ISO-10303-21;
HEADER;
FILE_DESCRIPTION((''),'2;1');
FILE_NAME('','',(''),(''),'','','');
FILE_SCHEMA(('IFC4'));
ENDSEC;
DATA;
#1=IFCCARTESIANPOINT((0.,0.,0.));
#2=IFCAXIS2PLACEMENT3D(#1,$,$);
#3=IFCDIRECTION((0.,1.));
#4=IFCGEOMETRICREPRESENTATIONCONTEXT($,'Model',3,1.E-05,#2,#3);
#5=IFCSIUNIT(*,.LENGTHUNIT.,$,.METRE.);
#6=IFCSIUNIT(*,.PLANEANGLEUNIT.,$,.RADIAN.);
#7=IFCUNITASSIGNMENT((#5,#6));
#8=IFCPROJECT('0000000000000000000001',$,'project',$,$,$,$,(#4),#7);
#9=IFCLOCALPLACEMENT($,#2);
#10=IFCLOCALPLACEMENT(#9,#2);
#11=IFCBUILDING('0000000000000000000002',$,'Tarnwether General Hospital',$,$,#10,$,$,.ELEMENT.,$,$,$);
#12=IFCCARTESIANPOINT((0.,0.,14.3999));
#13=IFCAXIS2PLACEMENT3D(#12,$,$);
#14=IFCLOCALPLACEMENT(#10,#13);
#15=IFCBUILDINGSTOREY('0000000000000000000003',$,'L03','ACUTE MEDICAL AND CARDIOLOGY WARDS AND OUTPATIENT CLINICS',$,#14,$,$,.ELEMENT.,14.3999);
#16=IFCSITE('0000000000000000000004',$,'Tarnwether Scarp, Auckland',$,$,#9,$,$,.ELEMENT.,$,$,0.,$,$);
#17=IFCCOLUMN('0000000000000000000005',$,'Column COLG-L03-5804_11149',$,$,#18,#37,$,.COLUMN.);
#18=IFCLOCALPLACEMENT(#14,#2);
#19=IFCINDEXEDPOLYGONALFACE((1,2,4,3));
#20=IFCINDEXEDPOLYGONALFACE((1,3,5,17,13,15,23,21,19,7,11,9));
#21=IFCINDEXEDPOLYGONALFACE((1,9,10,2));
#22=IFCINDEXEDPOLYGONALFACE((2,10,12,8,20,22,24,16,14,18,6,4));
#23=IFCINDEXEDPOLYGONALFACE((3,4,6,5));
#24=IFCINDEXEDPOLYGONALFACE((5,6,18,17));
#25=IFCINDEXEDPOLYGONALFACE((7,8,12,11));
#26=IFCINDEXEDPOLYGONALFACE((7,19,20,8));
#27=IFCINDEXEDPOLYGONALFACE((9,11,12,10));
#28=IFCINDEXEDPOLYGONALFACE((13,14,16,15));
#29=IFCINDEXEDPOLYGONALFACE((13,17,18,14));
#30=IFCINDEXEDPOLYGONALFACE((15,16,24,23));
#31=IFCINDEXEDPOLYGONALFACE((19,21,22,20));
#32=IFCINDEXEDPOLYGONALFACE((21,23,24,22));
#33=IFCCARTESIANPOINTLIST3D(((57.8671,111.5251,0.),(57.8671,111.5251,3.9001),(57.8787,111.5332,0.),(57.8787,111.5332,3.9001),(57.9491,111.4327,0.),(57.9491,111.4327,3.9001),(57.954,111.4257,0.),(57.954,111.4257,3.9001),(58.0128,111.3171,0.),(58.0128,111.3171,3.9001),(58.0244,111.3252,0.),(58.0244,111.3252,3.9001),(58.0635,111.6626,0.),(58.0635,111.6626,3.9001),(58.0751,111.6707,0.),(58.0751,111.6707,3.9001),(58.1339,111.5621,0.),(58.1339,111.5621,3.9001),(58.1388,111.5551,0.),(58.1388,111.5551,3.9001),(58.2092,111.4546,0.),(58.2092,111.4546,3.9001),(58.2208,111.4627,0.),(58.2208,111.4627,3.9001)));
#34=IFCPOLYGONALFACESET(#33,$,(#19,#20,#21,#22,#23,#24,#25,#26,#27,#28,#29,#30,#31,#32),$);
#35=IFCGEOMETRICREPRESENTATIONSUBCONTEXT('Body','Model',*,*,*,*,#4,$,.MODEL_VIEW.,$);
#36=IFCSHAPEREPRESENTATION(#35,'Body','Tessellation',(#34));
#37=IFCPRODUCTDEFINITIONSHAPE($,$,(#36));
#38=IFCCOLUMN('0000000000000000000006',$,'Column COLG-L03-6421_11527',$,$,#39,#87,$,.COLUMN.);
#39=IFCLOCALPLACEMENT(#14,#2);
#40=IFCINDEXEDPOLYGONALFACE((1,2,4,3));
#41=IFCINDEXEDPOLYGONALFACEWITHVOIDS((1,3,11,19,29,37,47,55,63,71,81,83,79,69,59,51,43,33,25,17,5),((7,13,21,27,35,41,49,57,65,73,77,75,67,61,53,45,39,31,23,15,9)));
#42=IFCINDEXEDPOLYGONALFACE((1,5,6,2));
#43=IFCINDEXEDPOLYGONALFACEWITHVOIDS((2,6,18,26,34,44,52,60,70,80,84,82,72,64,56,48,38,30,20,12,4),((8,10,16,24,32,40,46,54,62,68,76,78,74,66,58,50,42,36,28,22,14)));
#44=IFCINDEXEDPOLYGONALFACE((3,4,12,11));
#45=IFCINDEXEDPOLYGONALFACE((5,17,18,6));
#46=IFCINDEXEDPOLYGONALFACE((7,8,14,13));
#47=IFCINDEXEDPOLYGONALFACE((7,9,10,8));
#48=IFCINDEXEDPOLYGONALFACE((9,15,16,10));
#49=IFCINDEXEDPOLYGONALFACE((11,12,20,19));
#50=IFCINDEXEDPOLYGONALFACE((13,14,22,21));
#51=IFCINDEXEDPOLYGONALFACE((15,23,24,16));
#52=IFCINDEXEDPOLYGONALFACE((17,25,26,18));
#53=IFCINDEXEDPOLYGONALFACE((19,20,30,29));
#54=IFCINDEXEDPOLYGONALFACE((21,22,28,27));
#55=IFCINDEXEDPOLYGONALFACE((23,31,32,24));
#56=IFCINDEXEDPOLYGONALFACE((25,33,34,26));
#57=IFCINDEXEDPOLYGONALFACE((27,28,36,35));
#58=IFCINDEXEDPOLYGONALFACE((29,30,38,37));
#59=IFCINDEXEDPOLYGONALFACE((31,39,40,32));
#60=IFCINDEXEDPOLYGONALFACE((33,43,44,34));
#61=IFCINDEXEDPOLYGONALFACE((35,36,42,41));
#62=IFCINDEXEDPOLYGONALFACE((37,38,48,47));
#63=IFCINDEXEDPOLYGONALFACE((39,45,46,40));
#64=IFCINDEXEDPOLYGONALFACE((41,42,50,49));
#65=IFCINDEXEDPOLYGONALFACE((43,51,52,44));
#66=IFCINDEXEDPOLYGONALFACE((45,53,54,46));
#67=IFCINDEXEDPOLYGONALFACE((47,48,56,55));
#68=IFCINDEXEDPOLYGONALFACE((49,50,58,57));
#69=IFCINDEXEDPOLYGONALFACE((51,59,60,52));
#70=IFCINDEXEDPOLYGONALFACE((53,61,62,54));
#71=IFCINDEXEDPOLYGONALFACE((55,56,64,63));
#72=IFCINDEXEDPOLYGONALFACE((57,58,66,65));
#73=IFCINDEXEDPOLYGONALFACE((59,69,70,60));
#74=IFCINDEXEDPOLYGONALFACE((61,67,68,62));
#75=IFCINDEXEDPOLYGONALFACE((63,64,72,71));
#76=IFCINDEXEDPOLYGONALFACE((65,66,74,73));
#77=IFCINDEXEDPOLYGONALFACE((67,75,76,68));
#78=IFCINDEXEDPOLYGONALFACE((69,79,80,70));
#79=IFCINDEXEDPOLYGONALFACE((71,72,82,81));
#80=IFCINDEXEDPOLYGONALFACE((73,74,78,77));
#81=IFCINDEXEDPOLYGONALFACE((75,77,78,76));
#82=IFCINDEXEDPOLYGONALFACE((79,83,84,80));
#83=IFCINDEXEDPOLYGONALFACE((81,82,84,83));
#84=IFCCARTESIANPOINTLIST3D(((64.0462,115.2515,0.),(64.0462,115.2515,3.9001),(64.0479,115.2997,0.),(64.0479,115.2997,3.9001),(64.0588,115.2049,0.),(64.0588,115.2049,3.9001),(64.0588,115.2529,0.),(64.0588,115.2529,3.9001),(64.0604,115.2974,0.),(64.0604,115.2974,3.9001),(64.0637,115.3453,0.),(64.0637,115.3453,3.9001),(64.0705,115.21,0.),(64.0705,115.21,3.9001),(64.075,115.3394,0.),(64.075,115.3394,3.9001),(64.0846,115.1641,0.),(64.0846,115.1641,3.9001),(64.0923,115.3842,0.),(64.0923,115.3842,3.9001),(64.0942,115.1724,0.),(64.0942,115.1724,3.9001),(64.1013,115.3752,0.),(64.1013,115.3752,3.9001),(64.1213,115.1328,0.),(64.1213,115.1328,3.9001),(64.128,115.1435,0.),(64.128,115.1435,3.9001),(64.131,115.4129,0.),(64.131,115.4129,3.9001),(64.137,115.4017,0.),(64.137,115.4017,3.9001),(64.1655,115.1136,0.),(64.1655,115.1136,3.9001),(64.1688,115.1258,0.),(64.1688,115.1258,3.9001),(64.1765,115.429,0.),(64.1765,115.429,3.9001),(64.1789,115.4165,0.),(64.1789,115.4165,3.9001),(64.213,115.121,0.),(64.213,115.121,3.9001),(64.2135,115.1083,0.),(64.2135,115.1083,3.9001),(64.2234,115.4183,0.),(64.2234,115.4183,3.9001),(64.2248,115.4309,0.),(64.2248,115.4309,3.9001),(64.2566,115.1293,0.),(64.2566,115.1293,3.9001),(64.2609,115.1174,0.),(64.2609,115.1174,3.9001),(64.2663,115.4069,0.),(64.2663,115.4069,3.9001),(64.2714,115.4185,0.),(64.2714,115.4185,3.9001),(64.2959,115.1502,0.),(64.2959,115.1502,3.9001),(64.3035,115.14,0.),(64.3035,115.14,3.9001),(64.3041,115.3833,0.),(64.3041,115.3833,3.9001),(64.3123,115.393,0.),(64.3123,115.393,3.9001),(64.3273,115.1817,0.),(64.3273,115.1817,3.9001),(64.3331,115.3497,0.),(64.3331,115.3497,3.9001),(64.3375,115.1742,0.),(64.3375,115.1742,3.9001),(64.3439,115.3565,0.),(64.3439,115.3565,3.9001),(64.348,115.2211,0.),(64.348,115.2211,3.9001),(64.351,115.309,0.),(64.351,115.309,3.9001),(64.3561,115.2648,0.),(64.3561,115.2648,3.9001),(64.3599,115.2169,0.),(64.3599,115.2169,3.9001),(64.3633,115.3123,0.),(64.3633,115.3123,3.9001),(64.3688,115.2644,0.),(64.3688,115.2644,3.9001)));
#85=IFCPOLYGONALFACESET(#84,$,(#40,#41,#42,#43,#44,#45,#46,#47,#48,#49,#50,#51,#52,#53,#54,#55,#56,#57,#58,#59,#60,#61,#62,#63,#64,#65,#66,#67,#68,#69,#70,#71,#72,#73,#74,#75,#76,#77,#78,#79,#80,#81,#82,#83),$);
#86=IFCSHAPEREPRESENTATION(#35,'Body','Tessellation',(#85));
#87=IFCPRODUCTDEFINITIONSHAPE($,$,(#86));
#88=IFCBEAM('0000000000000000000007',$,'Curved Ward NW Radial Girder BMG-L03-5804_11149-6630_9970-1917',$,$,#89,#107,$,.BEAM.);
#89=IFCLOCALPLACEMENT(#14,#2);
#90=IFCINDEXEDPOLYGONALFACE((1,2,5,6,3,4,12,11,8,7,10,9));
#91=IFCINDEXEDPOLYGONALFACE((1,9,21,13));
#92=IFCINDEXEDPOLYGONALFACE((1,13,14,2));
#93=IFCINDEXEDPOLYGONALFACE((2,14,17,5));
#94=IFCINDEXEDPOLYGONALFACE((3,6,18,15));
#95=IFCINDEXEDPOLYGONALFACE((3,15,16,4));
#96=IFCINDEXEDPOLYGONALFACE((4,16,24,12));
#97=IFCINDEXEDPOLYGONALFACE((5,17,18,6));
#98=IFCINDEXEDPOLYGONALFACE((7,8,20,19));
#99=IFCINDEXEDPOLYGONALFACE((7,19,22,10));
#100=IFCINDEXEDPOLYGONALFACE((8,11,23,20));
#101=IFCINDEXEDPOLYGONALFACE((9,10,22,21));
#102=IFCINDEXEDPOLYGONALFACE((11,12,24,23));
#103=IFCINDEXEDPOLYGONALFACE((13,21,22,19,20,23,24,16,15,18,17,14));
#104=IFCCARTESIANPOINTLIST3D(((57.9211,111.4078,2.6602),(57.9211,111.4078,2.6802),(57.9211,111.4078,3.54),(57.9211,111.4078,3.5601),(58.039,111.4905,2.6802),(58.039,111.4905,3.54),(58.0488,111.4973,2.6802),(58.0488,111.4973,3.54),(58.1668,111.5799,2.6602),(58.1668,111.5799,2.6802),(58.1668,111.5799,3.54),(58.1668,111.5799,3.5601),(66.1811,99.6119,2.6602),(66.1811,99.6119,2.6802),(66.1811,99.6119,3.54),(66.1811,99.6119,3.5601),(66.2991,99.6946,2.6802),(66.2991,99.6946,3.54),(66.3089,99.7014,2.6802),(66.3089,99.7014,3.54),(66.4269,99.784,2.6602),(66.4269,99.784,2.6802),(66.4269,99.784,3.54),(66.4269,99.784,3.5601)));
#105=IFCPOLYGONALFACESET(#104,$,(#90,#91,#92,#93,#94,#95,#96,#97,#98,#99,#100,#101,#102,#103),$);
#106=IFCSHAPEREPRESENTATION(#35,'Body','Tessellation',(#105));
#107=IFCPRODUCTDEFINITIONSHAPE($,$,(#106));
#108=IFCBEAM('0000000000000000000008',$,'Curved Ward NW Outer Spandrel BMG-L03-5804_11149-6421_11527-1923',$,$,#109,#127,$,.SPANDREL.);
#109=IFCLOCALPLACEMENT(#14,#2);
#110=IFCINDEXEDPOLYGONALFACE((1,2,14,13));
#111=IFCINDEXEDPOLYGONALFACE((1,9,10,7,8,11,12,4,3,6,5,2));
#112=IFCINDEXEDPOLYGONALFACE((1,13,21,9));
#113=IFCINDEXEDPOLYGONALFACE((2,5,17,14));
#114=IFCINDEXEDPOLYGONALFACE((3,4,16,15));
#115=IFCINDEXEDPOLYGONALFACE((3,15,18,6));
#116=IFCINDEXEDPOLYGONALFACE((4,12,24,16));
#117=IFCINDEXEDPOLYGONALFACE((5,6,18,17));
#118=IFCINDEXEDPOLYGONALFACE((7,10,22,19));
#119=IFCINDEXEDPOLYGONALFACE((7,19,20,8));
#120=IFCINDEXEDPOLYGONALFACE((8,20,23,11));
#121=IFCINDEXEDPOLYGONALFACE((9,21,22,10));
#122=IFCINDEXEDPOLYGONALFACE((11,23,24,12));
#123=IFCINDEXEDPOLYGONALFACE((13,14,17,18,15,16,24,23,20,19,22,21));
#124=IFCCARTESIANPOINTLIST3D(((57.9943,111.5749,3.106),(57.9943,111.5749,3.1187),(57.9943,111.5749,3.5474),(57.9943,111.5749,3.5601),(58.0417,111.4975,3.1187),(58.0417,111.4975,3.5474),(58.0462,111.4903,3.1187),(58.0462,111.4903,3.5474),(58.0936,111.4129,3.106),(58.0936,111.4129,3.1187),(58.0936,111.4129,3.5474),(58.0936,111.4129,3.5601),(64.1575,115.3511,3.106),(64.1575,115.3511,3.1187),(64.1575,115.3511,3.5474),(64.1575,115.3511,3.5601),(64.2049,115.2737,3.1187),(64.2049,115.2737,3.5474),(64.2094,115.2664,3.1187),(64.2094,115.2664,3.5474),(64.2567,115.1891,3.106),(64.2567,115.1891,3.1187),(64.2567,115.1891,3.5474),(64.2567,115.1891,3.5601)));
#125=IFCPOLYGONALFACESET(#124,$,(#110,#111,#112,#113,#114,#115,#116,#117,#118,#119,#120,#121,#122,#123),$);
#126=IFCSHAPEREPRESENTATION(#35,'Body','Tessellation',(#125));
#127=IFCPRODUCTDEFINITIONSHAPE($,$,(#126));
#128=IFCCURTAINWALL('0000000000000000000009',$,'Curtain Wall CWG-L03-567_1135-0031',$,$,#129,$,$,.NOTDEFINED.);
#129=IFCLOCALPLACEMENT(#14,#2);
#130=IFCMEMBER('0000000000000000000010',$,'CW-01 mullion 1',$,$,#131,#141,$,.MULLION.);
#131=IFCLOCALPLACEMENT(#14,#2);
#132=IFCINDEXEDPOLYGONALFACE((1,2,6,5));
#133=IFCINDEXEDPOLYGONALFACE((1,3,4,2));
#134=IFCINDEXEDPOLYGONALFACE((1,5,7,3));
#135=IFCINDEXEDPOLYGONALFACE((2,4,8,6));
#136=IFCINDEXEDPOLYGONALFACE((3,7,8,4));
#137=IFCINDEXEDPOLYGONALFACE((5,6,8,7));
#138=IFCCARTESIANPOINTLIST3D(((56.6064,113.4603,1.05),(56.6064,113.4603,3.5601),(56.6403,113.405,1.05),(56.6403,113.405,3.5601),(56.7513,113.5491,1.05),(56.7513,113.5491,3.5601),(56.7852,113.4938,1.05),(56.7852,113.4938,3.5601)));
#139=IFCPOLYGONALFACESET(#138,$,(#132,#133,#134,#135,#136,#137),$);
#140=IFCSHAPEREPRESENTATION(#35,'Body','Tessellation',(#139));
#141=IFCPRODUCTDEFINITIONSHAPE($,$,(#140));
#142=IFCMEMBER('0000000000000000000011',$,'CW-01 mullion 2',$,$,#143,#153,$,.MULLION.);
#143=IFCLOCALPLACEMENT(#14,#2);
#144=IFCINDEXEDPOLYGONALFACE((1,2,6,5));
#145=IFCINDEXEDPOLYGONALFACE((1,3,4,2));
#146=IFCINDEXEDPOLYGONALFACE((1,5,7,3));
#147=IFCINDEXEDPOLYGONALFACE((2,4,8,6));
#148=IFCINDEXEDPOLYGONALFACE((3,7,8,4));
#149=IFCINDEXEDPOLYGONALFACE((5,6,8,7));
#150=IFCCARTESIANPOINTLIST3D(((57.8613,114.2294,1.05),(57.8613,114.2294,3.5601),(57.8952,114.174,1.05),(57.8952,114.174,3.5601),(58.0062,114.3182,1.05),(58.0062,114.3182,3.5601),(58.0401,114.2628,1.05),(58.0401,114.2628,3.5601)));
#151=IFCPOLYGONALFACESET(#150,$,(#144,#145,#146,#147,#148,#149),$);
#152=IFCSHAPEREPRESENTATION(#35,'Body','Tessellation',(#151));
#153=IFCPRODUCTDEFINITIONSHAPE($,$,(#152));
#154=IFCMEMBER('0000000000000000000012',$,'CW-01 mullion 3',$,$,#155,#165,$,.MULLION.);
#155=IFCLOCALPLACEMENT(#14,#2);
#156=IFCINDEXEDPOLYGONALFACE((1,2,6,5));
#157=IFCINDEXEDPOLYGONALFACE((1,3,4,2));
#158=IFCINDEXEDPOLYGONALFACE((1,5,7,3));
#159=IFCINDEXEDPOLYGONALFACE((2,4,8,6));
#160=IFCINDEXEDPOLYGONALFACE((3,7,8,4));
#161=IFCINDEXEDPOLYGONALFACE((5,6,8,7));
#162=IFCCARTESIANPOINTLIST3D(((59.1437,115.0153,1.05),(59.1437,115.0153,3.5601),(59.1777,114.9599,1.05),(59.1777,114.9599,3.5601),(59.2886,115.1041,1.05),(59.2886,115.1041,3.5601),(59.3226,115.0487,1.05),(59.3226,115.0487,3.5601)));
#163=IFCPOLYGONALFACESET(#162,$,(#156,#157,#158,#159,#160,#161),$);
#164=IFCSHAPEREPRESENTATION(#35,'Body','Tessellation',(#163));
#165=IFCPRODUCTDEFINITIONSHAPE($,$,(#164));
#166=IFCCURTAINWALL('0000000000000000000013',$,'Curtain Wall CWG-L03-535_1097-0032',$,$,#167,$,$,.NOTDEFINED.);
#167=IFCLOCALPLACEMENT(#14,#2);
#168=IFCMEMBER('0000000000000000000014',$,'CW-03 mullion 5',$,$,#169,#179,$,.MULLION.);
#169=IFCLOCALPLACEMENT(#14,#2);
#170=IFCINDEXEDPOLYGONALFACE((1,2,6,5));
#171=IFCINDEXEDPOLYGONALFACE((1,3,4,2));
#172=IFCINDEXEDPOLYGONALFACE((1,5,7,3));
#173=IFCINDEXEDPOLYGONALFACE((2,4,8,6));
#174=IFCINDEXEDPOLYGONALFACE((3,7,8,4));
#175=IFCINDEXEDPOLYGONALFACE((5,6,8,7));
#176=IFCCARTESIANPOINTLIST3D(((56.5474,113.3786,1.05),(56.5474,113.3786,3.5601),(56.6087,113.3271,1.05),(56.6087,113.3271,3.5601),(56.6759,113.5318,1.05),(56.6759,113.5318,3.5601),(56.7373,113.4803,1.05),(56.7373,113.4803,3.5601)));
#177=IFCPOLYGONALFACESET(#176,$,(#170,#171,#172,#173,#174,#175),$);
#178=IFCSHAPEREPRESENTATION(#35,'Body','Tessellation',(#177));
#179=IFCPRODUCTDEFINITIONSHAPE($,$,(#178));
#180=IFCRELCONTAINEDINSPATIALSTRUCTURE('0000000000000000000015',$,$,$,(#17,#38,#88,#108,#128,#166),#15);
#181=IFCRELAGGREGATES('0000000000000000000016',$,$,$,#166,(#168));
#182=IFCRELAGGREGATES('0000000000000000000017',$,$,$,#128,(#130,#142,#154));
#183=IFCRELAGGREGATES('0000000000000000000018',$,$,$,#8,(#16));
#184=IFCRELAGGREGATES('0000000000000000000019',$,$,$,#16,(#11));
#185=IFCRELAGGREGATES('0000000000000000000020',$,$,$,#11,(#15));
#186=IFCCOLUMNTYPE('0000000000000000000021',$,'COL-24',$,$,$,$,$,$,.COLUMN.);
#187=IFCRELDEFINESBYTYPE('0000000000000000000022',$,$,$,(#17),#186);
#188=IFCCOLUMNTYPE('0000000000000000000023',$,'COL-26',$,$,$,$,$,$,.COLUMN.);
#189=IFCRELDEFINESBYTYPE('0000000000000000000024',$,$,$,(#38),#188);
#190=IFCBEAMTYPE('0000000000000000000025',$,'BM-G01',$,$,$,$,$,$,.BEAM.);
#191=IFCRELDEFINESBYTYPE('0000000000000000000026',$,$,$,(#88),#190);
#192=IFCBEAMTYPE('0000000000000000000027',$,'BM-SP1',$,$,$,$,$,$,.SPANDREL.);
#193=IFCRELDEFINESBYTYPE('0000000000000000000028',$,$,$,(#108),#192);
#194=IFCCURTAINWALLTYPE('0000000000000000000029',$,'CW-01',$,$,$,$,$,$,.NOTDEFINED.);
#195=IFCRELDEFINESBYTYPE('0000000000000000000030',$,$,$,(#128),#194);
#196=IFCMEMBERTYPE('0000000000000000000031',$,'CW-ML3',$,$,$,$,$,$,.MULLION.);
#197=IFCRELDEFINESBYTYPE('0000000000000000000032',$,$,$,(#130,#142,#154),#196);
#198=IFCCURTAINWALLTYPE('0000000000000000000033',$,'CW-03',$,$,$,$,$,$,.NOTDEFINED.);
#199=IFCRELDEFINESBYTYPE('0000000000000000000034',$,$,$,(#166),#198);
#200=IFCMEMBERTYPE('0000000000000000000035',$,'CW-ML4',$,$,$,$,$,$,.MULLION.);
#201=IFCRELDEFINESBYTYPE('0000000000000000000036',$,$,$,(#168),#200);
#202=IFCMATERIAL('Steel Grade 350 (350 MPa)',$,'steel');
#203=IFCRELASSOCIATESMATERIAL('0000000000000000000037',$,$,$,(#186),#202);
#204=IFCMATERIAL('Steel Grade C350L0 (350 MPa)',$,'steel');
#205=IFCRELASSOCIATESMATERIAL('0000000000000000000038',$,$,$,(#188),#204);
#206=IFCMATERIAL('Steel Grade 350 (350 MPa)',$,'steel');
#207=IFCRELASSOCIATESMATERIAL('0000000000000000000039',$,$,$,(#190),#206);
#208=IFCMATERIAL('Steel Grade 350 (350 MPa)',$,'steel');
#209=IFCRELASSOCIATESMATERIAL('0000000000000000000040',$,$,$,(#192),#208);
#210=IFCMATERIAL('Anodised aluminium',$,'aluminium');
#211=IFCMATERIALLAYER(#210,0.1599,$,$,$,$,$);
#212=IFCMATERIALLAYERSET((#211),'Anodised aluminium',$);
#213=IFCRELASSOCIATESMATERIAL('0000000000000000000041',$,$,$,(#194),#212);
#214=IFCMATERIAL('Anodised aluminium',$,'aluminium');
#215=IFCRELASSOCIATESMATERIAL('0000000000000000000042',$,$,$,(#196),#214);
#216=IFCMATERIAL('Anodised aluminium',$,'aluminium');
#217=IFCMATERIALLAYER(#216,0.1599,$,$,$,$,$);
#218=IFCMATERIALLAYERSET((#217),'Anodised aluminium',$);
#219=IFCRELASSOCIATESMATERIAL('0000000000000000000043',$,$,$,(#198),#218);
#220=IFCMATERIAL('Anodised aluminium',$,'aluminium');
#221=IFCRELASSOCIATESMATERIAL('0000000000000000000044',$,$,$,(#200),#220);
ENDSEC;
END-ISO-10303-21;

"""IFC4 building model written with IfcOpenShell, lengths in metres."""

from ifc_helpers import new_model, si_unit, direction, frame, origin, origin_2d, place, context, subcontext, project, spatial, rectangle, hollow_circle, i_section, extrude, material, layer, layer_set, material_profile, profile_set, type_object, element, aggregate, save


model = new_model("IFC4")

# Units and contexts
model_context = context("Model", 3, precision=1e-05, world=origin(), true_north=direction((0.0, 1.0)))
body_context = subcontext(model_context, "Body", "Model", "MODEL_VIEW")
ifc_project = project(units=[si_unit("LENGTHUNIT", "METRE"), si_unit("PLANEANGLEUNIT", "RADIAN")], contexts=[model_context])

# Site, building, storey
site_placement = place(None, origin())
site = spatial("IfcSite", under=ifc_project, at=site_placement, Name="Tarnwether Scarp, Auckland", CompositionType="ELEMENT", RefElevation=0.0)
building_placement = place(site_placement, origin())
building = spatial("IfcBuilding", under=site, at=building_placement, Name="Tarnwether General Hospital", CompositionType="ELEMENT")
storey_placement = place(building_placement, frame((0.0, 0.0, 14.3999)))
storey = spatial("IfcBuildingStorey", under=building, at=storey_placement, Name="L03", Description="ACUTE MEDICAL AND CARDIOLOGY WARDS AND OUTPATIENT CLINICS", CompositionType="ELEMENT", Elevation=14.3999)

# Columns
ifc_material_1 = material(Name="Steel Grade 350 (350 MPa)", Category="steel")
ifc_material_profile_1 = material_profile(ifc_material_1, i_section(OverallWidth=0.2539, OverallDepth=0.2539, WebThickness=0.0085, FlangeThickness=0.0142, at=origin_2d()), Name="250UC72.9")
ifc_profile_set_1 = profile_set([ifc_material_profile_1], Name="Steel Grade 350 (350 MPa)")
column_type_1 = type_object("IfcColumnType", Name="COL-24", PredefinedType="COLUMN", material=ifc_profile_set_1)
column_1_placement = place(storey_placement, frame((58.0439, 111.4939, 0.0), z_axis=(0.0, 0.0, 1.0), x_axis=(-0.573576, 0.819152, 0.0)))
element("IfcColumn", 1, at=column_1_placement, inside=storey, type_object=column_type_1, Name="Column COLG-L03-5804_11149", PredefinedType="COLUMN", context=body_context, shape_type="SweptSolid", body=[
    extrude(i_section(OverallWidth=0.2539, OverallDepth=0.2539, WebThickness=0.0085, FlangeThickness=0.0142, at=origin_2d()), origin(), (0.0, 0.0, 1.0), 3.9001),
])
ifc_material_2 = material(Name="Steel Grade C350L0 (350 MPa)", Category="steel")
ifc_material_profile_2 = material_profile(ifc_material_2, hollow_circle(Radius=0.1619, WallThickness=0.0127, at=origin_2d()), Name="CHS323.9x12.7")
ifc_profile_set_2 = profile_set([ifc_material_profile_2], Name="Steel Grade C350L0 (350 MPa)")
column_type_2 = type_object("IfcColumnType", Name="COL-26", PredefinedType="COLUMN", material=ifc_profile_set_2)
column_2_placement = place(storey_placement, frame((64.207, 115.27, 0.0), z_axis=(0.0, 0.0, 1.0), x_axis=(-0.469472, 0.882948, 0.0)))
element("IfcColumn", 2, at=column_2_placement, inside=storey, type_object=column_type_2, Name="Column COLG-L03-6421_11527", PredefinedType="COLUMN", context=body_context, shape_type="SweptSolid", body=[
    extrude(hollow_circle(Radius=0.1619, WallThickness=0.0127, at=origin_2d()), origin(), (0.0, 0.0, 1.0), 3.9001),
])

# Beams
ifc_material_3 = material(Name="Steel Grade 350 (350 MPa)", Category="steel")
ifc_material_profile_3 = material_profile(ifc_material_3, i_section(OverallWidth=0.3, OverallDepth=0.8999, WebThickness=0.012, FlangeThickness=0.02, at=origin_2d()), Name="900WB175")
ifc_profile_set_3 = profile_set([ifc_material_profile_3], Name="Steel Grade 350 (350 MPa)")
beam_type_1 = type_object("IfcBeamType", Name="BM-G01", PredefinedType="BEAM", material=ifc_profile_set_3)
beam_1_placement = place(storey_placement, frame((58.0439, 111.4939, 3.1101), z_axis=(0.573597, -0.819138, 0.0), x_axis=(0.819138, 0.573597, 0.0)))
element("IfcBeam", 3, at=beam_1_placement, inside=storey, type_object=beam_type_1, Name="Curved Ward NW Radial Girder BMG-L03-5804_11149-6630_9970-1917", PredefinedType="BEAM", context=body_context, shape_type="SweptSolid", body=[
    extrude(i_section(OverallWidth=0.3, OverallDepth=0.8999, WebThickness=0.012, FlangeThickness=0.02, at=origin_2d()), origin(), (0.0, 0.0, 1.0), 14.4004),
])
ifc_material_4 = material(Name="Steel Grade 350 (350 MPa)", Category="steel")
ifc_material_profile_4 = material_profile(ifc_material_4, i_section(OverallWidth=0.1899, OverallDepth=0.4541, WebThickness=0.0085, FlangeThickness=0.0127, at=origin_2d()), Name="460UB67.1")
ifc_profile_set_4 = profile_set([ifc_material_profile_4], Name="Steel Grade 350 (350 MPa)")
beam_type_2 = type_object("IfcBeamType", Name="BM-SP1", PredefinedType="SPANDREL", material=ifc_profile_set_4)
beam_2_placement = place(storey_placement, frame((58.0439, 111.4939, 3.333), z_axis=(0.852678, 0.522436, 0.0), x_axis=(-0.522436, 0.852678, 0.0)))
element("IfcBeam", 4, at=beam_2_placement, inside=storey, type_object=beam_type_2, Name="Curved Ward NW Outer Spandrel BMG-L03-5804_11149-6421_11527-1923", PredefinedType="SPANDREL", context=body_context, shape_type="SweptSolid", body=[
    extrude(i_section(OverallWidth=0.1899, OverallDepth=0.4541, WebThickness=0.0085, FlangeThickness=0.0127, at=origin_2d()), origin(), (0.0, 0.0, 1.0), 7.228),
])

# Curtain wall, members
ifc_material_5 = material(Name="Anodised aluminium", Category="aluminium")
ifc_layer_1 = layer(ifc_material_5, 0.1599)
ifc_layer_set_1 = layer_set([ifc_layer_1], Name="Anodised aluminium")
curtain_wall_type_1 = type_object("IfcCurtainWallType", Name="CW-01", PredefinedType="NOTDEFINED", material=ifc_layer_set_1)
curtain_wall_1_placement = place(storey_placement, origin())
curtain_wall_1 = element("IfcCurtainWall", 5, at=curtain_wall_1_placement, inside=storey, type_object=curtain_wall_type_1, Name="Curtain Wall CWG-L03-567_1135-0031", PredefinedType="NOTDEFINED")
ifc_material_6 = material(Name="Anodised aluminium", Category="aluminium")
ifc_material_profile_5 = material_profile(ifc_material_6, rectangle(XDim=0.0649, YDim=0.1699, at=origin_2d()), Name="ALU-MUL-65x170")
ifc_profile_set_5 = profile_set([ifc_material_profile_5], Name="Anodised aluminium")
member_type_1 = type_object("IfcMemberType", Name="CW-ML3", PredefinedType="MULLION", material=ifc_profile_set_5)
member_1_placement = place(storey_placement, frame((56.6958, 113.4771, 1.05), z_axis=(0.0, 0.0, 1.0), x_axis=(-0.522509, 0.852634, 0.0)))
member_1 = element("IfcMember", 6, at=member_1_placement, type_object=member_type_1, Name="CW-01 mullion 1", PredefinedType="MULLION", context=body_context, shape_type="SweptSolid", body=[
    extrude(rectangle(XDim=0.0649, YDim=0.1699, at=origin_2d()), origin(), (0.0, 0.0, 1.0), 2.51),
])
member_2_placement = place(storey_placement, frame((57.9507, 114.2461, 1.05), z_axis=(0.0, 0.0, 1.0), x_axis=(-0.522509, 0.852634, 0.0)))
member_2 = element("IfcMember", 7, at=member_2_placement, type_object=member_type_1, Name="CW-01 mullion 2", PredefinedType="MULLION", context=body_context, shape_type="SweptSolid", body=[
    extrude(rectangle(XDim=0.0649, YDim=0.1699, at=origin_2d()), origin(), (0.0, 0.0, 1.0), 2.51),
])
member_3_placement = place(storey_placement, frame((59.2332, 115.032, 1.05), z_axis=(0.0, 0.0, 1.0), x_axis=(-0.522509, 0.852634, 0.0)))
member_3 = element("IfcMember", 8, at=member_3_placement, type_object=member_type_1, Name="CW-01 mullion 3", PredefinedType="MULLION", context=body_context, shape_type="SweptSolid", body=[
    extrude(rectangle(XDim=0.0649, YDim=0.1699, at=origin_2d()), origin(), (0.0, 0.0, 1.0), 2.51),
])

# Curtain wall, member
ifc_material_7 = material(Name="Anodised aluminium", Category="aluminium")
ifc_layer_2 = layer(ifc_material_7, 0.1599)
ifc_layer_set_2 = layer_set([ifc_layer_2], Name="Anodised aluminium")
curtain_wall_type_2 = type_object("IfcCurtainWallType", Name="CW-03", PredefinedType="NOTDEFINED", material=ifc_layer_set_2)
curtain_wall_2_placement = place(storey_placement, origin())
curtain_wall_2 = element("IfcCurtainWall", 9, at=curtain_wall_2_placement, inside=storey, type_object=curtain_wall_type_2, Name="Curtain Wall CWG-L03-535_1097-0032", PredefinedType="NOTDEFINED")
ifc_material_8 = material(Name="Anodised aluminium", Category="aluminium")
ifc_material_profile_6 = material_profile(ifc_material_8, rectangle(XDim=0.0801, YDim=0.2, at=origin_2d()), Name="ALU-MUL-80x200")
ifc_profile_set_6 = profile_set([ifc_material_profile_6], Name="Anodised aluminium")
member_type_2 = type_object("IfcMemberType", Name="CW-ML4", PredefinedType="MULLION", material=ifc_profile_set_6)
member_4_placement = place(storey_placement, frame((56.6423, 113.4294, 1.05), z_axis=(0.0, 0.0, 1.0), x_axis=(-0.76599, 0.642852, 0.0)))
member_4 = element("IfcMember", 10, at=member_4_placement, type_object=member_type_2, Name="CW-03 mullion 5", PredefinedType="MULLION", context=body_context, shape_type="SweptSolid", body=[
    extrude(rectangle(XDim=0.0801, YDim=0.2, at=origin_2d()), origin(), (0.0, 0.0, 1.0), 2.51),
])

aggregate(curtain_wall_2, [member_4])
aggregate(curtain_wall_1, [member_1, member_2, member_3])

save(model, "model.ifc")
